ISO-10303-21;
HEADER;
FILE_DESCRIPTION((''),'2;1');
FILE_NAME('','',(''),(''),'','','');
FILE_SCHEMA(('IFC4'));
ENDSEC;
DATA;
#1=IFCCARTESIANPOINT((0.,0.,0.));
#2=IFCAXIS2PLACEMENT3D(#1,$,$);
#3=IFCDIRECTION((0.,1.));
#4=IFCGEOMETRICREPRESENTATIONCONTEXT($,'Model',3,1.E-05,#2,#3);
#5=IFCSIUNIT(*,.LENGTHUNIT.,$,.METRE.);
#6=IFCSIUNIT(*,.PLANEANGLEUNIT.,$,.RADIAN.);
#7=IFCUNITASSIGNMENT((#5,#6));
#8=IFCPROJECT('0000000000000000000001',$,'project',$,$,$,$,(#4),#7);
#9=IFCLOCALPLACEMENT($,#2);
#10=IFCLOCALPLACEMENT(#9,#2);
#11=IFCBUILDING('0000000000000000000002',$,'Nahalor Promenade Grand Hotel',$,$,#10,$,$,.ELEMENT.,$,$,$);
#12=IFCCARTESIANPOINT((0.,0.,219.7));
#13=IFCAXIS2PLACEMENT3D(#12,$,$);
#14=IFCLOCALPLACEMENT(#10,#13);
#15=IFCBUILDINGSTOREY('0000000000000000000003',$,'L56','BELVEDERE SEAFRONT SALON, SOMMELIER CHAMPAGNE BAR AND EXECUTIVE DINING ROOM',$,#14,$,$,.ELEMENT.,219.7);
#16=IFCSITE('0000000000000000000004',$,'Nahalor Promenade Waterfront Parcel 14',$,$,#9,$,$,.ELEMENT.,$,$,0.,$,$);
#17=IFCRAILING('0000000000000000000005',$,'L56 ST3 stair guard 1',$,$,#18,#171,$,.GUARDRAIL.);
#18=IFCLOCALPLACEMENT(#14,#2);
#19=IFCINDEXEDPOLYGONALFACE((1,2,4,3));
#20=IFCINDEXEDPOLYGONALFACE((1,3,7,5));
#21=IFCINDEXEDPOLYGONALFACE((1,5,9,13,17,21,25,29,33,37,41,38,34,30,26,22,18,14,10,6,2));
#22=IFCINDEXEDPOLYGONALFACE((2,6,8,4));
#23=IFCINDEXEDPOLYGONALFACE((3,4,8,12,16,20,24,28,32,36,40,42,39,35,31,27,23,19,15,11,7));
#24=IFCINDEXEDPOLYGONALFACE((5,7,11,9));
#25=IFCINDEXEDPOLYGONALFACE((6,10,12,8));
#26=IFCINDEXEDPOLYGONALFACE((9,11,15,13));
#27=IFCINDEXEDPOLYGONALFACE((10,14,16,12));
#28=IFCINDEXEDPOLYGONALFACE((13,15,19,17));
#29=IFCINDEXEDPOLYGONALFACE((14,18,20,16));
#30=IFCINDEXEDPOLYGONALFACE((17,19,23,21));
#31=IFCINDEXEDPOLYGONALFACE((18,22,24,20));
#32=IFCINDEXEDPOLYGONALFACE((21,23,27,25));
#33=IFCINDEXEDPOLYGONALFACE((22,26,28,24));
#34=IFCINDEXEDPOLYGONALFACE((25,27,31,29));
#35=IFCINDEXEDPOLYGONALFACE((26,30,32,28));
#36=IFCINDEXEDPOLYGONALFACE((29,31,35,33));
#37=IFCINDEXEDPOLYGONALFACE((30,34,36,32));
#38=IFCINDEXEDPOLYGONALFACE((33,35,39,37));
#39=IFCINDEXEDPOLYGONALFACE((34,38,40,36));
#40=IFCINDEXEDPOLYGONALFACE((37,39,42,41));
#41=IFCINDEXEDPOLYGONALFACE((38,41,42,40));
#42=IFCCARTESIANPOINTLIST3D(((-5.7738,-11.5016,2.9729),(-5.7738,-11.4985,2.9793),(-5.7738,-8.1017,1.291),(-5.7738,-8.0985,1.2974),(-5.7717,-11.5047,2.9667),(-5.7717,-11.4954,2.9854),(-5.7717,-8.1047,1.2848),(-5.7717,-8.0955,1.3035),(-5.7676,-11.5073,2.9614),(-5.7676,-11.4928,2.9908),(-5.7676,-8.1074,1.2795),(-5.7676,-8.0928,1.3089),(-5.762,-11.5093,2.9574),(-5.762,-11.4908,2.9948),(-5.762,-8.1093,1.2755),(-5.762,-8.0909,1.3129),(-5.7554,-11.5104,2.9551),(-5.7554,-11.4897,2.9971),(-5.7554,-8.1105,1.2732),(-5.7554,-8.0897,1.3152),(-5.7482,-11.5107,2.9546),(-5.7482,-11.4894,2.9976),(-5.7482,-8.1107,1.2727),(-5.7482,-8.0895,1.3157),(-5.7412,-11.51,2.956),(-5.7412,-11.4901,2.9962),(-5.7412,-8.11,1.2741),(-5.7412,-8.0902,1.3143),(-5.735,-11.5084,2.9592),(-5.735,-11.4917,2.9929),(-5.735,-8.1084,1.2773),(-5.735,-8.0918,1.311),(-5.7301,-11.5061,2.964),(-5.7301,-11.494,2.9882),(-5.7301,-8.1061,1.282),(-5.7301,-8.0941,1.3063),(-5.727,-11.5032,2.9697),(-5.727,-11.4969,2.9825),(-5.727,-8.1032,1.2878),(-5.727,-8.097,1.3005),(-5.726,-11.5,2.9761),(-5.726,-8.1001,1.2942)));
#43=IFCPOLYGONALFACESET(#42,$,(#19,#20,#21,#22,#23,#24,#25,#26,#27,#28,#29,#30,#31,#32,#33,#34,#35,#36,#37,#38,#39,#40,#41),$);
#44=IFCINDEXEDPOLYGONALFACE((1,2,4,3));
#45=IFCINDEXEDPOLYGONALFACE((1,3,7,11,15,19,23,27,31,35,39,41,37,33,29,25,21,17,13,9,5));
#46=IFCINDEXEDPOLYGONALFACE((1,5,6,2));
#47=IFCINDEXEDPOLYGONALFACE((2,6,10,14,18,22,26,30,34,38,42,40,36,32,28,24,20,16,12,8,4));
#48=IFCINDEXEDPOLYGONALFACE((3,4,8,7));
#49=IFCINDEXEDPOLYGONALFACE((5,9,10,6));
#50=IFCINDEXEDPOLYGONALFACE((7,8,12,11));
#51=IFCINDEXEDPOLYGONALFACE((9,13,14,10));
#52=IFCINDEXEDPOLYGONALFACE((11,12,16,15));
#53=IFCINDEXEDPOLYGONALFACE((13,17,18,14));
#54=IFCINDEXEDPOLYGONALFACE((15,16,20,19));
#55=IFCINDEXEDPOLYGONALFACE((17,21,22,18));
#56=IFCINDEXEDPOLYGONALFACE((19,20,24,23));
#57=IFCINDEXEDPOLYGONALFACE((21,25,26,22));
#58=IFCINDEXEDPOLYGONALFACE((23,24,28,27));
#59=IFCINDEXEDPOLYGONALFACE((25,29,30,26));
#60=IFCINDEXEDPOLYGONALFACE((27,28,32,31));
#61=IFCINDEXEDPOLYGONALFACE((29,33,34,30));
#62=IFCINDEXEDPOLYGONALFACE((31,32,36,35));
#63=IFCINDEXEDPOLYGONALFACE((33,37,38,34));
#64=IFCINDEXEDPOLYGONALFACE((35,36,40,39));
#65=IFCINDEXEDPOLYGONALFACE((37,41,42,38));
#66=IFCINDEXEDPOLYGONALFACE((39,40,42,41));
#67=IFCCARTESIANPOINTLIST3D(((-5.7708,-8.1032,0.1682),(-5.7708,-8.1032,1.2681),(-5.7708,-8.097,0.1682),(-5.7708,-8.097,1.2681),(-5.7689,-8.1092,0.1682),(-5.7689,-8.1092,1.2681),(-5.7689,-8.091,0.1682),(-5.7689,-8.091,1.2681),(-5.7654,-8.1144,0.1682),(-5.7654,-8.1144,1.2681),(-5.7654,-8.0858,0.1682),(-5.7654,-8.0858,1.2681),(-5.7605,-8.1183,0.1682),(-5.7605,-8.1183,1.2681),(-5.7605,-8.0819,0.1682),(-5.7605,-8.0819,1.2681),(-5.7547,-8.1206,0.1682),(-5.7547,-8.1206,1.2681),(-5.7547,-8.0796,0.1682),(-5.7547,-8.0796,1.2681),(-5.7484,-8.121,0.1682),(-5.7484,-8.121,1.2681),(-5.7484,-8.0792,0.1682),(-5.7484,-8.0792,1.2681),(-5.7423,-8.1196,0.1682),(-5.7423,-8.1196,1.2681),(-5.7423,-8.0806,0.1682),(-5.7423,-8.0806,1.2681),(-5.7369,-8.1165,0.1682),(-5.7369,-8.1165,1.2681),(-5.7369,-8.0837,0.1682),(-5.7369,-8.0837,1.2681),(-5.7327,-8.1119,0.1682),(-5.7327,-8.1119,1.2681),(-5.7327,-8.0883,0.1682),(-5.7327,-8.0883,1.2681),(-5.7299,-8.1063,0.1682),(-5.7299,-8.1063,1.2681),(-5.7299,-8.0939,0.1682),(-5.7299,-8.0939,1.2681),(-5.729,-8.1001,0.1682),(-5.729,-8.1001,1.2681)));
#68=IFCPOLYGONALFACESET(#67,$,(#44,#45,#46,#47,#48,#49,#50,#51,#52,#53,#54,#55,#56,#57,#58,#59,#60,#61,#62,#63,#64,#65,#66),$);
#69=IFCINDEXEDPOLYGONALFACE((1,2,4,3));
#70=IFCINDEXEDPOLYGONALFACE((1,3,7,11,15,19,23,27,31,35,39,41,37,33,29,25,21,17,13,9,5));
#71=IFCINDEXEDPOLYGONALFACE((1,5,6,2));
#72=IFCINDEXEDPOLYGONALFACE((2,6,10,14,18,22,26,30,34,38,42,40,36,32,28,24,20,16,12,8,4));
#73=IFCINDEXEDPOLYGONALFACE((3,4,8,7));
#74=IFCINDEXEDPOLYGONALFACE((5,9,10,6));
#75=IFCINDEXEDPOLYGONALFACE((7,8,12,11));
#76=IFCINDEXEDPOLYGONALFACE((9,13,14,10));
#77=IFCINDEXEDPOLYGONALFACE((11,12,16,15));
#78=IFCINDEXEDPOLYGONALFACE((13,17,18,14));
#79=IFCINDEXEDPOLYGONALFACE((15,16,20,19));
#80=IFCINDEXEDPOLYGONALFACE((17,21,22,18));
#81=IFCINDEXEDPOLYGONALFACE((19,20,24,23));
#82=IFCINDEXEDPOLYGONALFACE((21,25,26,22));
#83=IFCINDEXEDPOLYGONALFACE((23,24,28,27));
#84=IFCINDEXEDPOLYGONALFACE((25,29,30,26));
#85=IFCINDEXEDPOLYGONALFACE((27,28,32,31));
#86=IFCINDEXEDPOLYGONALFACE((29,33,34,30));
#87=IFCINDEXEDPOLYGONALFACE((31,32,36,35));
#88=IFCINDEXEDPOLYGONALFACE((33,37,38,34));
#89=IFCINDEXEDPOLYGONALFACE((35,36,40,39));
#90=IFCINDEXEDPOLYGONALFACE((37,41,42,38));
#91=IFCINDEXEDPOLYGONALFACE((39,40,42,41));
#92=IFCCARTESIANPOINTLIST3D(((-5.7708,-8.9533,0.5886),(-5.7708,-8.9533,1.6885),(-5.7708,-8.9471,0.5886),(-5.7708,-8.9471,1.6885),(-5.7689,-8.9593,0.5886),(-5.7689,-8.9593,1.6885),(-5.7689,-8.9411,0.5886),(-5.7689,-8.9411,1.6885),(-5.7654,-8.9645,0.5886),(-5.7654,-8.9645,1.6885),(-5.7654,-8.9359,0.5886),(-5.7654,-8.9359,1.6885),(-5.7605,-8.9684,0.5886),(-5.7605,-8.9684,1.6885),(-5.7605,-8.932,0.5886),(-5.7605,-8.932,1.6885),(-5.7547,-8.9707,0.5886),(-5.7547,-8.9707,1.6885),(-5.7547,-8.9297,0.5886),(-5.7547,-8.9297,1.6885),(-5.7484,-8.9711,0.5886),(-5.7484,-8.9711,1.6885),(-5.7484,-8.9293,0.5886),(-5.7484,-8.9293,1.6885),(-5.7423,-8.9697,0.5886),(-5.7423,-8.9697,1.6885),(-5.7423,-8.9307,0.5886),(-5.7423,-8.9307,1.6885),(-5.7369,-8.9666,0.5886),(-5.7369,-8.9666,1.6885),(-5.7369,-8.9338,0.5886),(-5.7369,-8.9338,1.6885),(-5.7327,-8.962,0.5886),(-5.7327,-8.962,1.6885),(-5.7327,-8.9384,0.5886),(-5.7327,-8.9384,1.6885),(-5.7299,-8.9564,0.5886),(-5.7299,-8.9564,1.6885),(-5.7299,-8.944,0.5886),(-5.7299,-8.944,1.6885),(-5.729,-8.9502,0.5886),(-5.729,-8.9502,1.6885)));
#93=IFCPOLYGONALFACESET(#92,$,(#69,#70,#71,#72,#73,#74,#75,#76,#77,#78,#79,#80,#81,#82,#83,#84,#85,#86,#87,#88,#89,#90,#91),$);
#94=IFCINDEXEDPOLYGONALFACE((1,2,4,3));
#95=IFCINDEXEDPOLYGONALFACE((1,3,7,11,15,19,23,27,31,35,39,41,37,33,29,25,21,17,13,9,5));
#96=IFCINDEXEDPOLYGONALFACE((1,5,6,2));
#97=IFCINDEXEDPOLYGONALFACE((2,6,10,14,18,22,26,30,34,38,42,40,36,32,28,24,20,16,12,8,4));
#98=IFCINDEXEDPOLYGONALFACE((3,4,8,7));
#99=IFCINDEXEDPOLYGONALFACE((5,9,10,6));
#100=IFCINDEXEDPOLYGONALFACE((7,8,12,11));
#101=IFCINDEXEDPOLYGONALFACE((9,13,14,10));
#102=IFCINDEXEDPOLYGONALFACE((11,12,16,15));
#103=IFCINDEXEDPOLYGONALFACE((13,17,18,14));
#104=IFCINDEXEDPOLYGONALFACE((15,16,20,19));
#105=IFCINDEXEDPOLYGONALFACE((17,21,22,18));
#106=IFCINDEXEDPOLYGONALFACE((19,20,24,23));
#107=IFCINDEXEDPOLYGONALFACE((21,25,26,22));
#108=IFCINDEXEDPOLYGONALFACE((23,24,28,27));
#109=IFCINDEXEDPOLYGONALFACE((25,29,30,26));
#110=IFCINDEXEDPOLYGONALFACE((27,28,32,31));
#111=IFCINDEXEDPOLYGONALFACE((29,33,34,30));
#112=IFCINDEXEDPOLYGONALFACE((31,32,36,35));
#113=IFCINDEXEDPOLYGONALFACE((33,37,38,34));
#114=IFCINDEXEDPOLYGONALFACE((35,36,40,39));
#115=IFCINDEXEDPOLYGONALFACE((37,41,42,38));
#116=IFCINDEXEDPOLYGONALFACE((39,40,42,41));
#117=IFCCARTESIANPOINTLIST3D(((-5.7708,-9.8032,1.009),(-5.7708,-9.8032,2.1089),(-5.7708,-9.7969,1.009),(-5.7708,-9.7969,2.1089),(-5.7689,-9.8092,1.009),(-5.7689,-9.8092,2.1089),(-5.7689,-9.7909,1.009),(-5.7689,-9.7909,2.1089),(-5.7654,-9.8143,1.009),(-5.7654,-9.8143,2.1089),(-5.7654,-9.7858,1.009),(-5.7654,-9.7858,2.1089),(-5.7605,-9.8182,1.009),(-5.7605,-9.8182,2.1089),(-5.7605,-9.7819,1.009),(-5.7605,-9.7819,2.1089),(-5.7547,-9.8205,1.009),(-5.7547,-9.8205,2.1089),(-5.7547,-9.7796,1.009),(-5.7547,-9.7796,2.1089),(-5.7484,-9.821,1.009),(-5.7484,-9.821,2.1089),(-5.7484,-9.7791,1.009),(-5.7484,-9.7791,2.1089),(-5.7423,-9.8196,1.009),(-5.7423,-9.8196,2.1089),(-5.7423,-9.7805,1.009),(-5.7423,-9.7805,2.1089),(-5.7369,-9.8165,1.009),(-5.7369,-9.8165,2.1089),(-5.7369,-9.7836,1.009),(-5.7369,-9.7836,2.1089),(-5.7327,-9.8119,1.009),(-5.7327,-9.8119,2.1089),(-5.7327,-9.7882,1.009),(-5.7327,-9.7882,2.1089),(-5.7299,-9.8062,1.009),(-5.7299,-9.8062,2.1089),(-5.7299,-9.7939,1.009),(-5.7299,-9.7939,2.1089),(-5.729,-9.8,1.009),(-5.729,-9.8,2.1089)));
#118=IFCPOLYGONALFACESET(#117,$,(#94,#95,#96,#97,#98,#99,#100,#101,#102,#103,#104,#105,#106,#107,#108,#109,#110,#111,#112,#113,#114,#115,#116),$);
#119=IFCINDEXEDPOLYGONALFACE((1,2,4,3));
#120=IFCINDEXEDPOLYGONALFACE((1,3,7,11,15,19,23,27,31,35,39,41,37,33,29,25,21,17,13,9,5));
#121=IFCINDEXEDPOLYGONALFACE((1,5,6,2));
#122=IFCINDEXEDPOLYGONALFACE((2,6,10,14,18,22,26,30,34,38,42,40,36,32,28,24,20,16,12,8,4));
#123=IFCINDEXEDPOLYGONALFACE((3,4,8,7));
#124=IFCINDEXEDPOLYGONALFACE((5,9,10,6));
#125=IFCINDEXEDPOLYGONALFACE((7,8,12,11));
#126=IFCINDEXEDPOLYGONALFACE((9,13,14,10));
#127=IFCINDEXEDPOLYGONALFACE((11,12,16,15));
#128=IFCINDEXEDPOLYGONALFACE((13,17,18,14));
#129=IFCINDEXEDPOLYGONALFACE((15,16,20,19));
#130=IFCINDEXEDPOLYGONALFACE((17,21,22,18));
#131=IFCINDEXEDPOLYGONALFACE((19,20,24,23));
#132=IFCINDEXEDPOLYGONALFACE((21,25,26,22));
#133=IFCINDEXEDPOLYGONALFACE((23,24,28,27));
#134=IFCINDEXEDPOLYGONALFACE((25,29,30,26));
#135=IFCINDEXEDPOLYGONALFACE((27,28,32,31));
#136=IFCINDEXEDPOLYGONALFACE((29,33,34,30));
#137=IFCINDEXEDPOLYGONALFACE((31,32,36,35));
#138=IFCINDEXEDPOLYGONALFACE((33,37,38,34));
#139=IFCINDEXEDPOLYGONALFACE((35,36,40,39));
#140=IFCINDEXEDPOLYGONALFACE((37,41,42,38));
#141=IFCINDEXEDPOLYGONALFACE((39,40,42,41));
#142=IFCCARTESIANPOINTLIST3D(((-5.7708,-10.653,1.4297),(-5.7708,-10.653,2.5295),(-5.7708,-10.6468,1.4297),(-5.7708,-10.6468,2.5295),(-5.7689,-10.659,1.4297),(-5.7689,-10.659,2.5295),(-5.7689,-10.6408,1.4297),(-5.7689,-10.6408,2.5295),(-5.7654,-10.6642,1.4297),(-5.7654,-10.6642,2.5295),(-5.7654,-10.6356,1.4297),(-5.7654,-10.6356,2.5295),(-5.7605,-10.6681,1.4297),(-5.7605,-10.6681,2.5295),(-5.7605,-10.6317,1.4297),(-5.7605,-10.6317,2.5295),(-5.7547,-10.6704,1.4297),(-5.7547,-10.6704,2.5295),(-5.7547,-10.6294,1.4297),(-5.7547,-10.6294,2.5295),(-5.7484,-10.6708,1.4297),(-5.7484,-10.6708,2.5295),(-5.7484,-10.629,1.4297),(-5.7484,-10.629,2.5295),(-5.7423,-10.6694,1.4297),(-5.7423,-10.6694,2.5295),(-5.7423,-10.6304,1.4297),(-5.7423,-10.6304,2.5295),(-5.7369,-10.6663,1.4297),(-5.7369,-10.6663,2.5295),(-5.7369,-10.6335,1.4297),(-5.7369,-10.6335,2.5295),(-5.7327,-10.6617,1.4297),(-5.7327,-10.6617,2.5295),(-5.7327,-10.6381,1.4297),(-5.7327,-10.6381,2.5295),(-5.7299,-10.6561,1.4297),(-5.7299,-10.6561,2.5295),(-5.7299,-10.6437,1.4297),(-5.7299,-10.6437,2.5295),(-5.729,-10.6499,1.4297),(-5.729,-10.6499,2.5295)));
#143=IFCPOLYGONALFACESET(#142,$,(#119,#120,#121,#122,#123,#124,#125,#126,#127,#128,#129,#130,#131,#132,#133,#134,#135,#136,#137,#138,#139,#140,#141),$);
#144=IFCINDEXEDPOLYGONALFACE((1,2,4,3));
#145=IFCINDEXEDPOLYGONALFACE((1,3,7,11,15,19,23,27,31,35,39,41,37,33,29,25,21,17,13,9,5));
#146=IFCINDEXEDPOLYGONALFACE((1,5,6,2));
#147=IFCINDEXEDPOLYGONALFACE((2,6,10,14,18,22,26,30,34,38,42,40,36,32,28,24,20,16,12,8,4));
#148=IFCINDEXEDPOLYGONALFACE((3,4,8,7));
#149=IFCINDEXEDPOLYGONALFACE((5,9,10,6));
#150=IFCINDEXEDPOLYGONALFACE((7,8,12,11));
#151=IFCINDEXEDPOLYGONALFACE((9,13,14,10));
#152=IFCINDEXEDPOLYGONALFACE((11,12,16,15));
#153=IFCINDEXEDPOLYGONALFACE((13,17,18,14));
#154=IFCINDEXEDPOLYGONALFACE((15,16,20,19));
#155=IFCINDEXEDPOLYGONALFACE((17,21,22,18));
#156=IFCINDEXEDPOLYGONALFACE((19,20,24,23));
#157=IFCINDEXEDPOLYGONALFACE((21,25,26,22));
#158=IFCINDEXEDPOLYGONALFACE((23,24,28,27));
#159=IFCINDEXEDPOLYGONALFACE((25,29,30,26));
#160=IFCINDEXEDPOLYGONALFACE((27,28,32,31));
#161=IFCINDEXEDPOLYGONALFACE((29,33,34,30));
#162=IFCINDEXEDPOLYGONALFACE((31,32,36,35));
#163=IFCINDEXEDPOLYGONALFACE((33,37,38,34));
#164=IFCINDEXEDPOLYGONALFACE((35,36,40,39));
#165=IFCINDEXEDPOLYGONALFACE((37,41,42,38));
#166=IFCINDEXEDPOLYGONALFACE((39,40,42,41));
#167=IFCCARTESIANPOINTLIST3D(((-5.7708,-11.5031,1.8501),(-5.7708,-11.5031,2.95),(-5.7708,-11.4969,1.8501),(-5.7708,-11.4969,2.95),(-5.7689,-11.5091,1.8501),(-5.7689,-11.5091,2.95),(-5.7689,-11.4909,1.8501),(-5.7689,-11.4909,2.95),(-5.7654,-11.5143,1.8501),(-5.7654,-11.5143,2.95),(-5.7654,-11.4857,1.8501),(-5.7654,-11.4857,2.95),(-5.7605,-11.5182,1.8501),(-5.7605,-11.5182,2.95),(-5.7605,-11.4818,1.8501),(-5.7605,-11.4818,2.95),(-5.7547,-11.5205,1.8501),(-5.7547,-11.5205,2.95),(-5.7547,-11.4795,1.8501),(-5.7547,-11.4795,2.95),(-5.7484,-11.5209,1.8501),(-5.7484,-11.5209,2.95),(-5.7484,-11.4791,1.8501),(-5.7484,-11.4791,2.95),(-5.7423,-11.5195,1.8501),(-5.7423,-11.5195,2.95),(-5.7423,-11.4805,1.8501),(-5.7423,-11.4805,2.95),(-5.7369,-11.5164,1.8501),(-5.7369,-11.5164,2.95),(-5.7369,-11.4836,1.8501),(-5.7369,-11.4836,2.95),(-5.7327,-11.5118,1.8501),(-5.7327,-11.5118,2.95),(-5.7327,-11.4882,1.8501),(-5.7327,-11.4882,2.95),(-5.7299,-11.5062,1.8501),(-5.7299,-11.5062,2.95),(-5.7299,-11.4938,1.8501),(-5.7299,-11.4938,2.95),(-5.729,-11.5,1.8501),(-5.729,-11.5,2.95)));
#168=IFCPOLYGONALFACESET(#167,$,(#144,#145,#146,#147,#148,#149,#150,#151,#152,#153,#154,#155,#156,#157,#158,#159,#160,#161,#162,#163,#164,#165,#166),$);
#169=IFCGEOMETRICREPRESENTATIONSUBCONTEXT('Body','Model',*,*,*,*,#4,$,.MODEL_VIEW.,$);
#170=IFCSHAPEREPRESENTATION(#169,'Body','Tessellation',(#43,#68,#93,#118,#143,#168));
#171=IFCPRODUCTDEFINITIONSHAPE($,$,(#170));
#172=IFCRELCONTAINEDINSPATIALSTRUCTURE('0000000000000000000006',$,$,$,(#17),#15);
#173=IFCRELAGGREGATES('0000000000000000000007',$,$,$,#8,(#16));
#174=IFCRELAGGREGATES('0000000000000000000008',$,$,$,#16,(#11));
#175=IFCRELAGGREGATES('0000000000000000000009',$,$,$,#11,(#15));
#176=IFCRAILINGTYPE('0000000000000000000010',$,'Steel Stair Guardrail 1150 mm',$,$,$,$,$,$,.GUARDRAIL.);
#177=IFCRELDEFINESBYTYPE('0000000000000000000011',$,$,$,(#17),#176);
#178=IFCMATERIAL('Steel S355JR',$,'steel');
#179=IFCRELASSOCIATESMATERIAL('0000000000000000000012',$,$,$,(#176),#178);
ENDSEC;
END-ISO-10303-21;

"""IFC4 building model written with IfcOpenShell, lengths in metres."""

from ifc_helpers import new_model, si_unit, direction, frame, origin, origin_2d, place, context, subcontext, project, spatial, circle, extrude, material, type_object, element, save


model = new_model("IFC4")

# Units and contexts
model_context = context("Model", 3, precision=1e-05, world=origin(), true_north=direction((0.0, 1.0)))
body_context = subcontext(model_context, "Body", "Model", "MODEL_VIEW")
ifc_project = project(units=[si_unit("LENGTHUNIT", "METRE"), si_unit("PLANEANGLEUNIT", "RADIAN")], contexts=[model_context])

# Site, building, storey
site_placement = place(None, origin())
site = spatial("IfcSite", under=ifc_project, at=site_placement, Name="Nahalor Promenade Waterfront Parcel 14", CompositionType="ELEMENT", RefElevation=0.0)
building_placement = place(site_placement, origin())
building = spatial("IfcBuilding", under=site, at=building_placement, Name="Nahalor Promenade Grand Hotel", CompositionType="ELEMENT")
storey_placement = place(building_placement, frame((0.0, 0.0, 219.7)))
storey = spatial("IfcBuildingStorey", under=building, at=storey_placement, Name="L56", Description="BELVEDERE SEAFRONT SALON, SOMMELIER CHAMPAGNE BAR AND EXECUTIVE DINING ROOM", CompositionType="ELEMENT", Elevation=219.7)

# Shared definitions
ifc_material_1 = material(Name="Steel S355JR", Category="steel")

# Railing
railing_type_1 = type_object("IfcRailingType", Name="Steel Stair Guardrail 1150 mm", PredefinedType="GUARDRAIL", material=ifc_material_1)
railing_1_placement = place(storey_placement, frame((-5.75, -8.1001, 0.1682)))
element("IfcRailing", 1, at=railing_1_placement, inside=storey, type_object=railing_type_1, Name="L56 ST3 stair guard 1", PredefinedType="GUARDRAIL", context=body_context, shape_type="SweptSolid", body=[
    extrude(circle(Radius=0.024, at=origin_2d()), frame((0.0, 0.0, 1.126), z_axis=(0.0, -0.896324, 0.443399), x_axis=(1.0, 0.0, 0.0)), (0.0, 0.0, 1.0), 3.7932),
    extrude(circle(Radius=0.021, at=origin_2d()), origin(), (0.0, 0.0, 1.0), 1.0999),
    extrude(circle(Radius=0.021, at=origin_2d()), frame((0.0, -0.8501, 0.4204)), (0.0, 0.0, 1.0), 1.0999),
    extrude(circle(Radius=0.021, at=origin_2d()), frame((0.0, -1.7, 0.8408)), (0.0, 0.0, 1.0), 1.0999),
    extrude(circle(Radius=0.021, at=origin_2d()), frame((0.0, -2.5498, 1.2615)), (0.0, 0.0, 1.0), 1.0999),
    extrude(circle(Radius=0.021, at=origin_2d()), frame((0.0, -3.3999, 1.6819)), (0.0, 0.0, 1.0), 1.0999),
])

save(model, "model.ifc")
